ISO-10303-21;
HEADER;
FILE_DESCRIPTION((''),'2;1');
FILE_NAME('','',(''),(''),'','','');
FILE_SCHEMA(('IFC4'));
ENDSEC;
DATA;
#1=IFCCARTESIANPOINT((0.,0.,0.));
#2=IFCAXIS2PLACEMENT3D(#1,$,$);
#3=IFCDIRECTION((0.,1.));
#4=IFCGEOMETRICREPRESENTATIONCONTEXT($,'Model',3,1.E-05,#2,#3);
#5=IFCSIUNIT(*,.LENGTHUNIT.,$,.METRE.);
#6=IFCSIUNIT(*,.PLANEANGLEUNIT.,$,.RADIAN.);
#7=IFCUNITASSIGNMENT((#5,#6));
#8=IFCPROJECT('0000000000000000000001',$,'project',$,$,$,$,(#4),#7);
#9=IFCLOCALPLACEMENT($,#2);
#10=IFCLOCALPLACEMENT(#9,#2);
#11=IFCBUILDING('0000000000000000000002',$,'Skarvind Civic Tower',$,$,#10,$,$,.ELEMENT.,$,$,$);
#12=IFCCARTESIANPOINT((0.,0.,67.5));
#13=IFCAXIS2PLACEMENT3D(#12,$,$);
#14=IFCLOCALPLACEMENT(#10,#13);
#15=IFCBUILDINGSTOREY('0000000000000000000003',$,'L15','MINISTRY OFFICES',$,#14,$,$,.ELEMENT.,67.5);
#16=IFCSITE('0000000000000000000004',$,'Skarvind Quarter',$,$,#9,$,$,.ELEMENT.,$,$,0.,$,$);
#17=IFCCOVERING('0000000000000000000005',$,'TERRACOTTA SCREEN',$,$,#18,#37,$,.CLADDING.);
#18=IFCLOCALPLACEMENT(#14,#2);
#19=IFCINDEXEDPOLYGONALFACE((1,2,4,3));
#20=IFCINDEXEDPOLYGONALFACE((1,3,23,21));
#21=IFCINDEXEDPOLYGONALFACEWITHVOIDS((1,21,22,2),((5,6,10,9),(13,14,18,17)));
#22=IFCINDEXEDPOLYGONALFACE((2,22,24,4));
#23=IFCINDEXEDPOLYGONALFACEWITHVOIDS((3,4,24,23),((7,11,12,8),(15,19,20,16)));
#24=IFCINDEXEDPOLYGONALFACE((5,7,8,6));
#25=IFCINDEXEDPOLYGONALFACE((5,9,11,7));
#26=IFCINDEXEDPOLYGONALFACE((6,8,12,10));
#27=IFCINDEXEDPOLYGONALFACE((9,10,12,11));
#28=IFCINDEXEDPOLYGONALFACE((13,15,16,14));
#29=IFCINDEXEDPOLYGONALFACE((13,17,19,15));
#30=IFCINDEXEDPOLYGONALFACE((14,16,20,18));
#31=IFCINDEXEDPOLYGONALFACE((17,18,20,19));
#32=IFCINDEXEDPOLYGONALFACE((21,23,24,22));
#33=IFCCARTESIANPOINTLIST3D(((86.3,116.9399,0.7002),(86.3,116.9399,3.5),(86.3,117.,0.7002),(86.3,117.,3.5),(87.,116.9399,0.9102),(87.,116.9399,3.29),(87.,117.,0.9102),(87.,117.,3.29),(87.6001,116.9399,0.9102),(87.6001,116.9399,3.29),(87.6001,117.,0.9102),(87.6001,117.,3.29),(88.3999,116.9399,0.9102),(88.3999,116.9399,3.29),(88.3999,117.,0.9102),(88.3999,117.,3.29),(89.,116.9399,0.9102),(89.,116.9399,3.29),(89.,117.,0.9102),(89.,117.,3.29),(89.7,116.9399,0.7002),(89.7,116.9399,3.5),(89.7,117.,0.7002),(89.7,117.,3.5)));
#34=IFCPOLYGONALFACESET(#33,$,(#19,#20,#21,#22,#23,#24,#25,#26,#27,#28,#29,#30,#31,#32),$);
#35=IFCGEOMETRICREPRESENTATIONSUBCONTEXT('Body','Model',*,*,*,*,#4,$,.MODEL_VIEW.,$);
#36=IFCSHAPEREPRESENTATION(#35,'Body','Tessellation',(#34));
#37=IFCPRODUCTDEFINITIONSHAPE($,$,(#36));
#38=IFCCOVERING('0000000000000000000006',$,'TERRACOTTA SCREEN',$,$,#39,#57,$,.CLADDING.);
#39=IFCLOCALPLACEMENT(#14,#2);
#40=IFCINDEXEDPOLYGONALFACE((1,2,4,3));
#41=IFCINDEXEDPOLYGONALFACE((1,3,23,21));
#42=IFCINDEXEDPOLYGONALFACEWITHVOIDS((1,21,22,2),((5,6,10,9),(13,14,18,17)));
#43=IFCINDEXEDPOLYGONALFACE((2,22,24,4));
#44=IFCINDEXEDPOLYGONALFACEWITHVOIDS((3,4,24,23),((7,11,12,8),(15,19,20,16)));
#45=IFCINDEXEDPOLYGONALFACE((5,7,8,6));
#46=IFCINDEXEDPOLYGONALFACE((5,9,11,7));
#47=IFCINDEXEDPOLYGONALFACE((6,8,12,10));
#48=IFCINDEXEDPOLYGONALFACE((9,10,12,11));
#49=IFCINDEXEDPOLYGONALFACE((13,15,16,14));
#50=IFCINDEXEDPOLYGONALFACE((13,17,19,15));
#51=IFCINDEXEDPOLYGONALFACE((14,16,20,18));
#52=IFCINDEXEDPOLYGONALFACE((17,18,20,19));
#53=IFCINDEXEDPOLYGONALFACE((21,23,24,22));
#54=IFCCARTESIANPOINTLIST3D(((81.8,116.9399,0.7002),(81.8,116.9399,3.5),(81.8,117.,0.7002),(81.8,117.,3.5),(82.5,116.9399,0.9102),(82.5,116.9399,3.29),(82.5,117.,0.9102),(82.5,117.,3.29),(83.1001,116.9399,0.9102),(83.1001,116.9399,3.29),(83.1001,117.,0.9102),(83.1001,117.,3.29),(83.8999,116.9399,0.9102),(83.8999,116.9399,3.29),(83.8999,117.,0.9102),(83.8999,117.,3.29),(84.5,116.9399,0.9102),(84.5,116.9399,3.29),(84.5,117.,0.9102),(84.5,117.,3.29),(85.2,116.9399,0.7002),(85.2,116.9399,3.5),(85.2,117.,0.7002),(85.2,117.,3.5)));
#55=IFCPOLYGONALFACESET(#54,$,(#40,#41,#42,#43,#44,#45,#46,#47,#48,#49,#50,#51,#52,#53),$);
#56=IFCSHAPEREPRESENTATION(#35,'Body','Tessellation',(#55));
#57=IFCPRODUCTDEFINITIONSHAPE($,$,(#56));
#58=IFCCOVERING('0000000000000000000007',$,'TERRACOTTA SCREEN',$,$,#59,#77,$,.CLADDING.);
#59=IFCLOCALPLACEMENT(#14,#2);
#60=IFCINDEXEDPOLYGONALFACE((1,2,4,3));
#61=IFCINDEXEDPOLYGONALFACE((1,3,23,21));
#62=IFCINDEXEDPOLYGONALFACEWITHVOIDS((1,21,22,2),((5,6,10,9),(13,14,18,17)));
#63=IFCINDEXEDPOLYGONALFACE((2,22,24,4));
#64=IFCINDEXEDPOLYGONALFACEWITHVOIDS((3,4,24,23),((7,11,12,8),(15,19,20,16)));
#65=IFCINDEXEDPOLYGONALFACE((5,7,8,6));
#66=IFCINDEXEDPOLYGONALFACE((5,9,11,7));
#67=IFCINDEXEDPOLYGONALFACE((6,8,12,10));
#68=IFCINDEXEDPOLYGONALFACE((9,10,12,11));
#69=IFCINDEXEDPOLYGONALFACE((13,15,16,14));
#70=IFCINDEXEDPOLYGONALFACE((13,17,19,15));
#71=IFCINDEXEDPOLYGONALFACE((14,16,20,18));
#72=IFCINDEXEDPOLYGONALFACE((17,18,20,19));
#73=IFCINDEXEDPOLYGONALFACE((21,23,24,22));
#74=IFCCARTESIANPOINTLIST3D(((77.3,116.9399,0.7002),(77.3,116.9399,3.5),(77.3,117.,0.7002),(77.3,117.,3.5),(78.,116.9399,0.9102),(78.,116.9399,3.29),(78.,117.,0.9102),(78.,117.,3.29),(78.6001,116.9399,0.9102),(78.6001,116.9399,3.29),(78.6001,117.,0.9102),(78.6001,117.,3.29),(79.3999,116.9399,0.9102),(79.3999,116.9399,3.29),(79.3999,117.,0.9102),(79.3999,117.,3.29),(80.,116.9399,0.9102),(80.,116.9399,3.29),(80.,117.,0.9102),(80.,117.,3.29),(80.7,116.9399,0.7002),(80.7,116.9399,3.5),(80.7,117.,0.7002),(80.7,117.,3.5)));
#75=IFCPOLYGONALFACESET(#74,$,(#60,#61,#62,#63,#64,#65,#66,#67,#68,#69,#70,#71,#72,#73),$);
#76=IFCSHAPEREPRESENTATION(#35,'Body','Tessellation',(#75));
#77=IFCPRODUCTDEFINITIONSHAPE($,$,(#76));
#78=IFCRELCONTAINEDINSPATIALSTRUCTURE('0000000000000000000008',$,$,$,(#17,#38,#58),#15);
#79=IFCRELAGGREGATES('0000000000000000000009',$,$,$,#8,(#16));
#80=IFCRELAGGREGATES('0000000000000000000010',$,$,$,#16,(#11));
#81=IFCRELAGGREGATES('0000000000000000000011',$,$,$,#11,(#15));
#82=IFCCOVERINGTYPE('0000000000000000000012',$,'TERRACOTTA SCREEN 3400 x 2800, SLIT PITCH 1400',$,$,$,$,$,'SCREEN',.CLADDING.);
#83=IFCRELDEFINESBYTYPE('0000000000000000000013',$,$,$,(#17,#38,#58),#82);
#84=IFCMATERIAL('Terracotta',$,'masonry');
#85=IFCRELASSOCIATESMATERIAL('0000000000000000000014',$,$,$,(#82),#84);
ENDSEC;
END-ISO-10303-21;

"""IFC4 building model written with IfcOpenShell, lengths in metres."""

from ifc_helpers import new_model, si_unit, direction, frame, origin, place, context, subcontext, project, spatial, polyline, outline, extrude, material, material_profile, profile_set, type_object, element, save


model = new_model("IFC4")

# Units and contexts
model_context = context("Model", 3, precision=1e-05, world=origin(), true_north=direction((0.0, 1.0)))
body_context = subcontext(model_context, "Body", "Model", "MODEL_VIEW")
ifc_project = project(units=[si_unit("LENGTHUNIT", "METRE"), si_unit("PLANEANGLEUNIT", "RADIAN")], contexts=[model_context])

# Site, building, storey
site_placement = place(None, origin())
site = spatial("IfcSite", under=ifc_project, at=site_placement, Name="Skarvind Quarter", CompositionType="ELEMENT", RefElevation=0.0)
building_placement = place(site_placement, origin())
building = spatial("IfcBuilding", under=site, at=building_placement, Name="Skarvind Civic Tower", CompositionType="ELEMENT")
storey_placement = place(building_placement, frame((0.0, 0.0, 67.5)))
storey = spatial("IfcBuildingStorey", under=building, at=storey_placement, Name="L15", Description="MINISTRY OFFICES", CompositionType="ELEMENT", Elevation=67.5)

# Coverings
ifc_material_1 = material(Name="Terracotta", Category="masonry")
ifc_material_profile_1 = material_profile(ifc_material_1, outline(polyline([(-1.7, -1.3999), (1.7, -1.3999), (1.7, 1.3999), (-1.7, 1.3999), (-1.7, -1.3999)]), holes=[polyline([(-1.0, -1.1899), (-0.3999, -1.1899), (-0.3999, 1.1899), (-1.0, 1.1899), (-1.0, -1.1899)]), polyline([(0.3999, -1.1899), (1.0, -1.1899), (1.0, 1.1899), (0.3999, 1.1899), (0.3999, -1.1899)])]), Name="TERRACOTTA SCREEN 3400 x 2800, SLIT PITCH 1400")
ifc_profile_set_1 = profile_set([ifc_material_profile_1], Name="Terracotta")
covering_type = type_object("IfcCoveringType", Name="TERRACOTTA SCREEN 3400 x 2800, SLIT PITCH 1400", ElementType="SCREEN", PredefinedType="CLADDING", material=ifc_profile_set_1)
for number, where, z_axis, x_axis, name in (
    (1, (88.0, 117.0, 2.1001), (0.0, -1.0, 0.0), (1.0, 0.0, 0.0), "TERRACOTTA SCREEN"),
    (2, (83.5, 117.0, 2.1001), (0.0, -1.0, 0.0), (1.0, 0.0, 0.0), "TERRACOTTA SCREEN"),
    (3, (79.0, 117.0, 2.1001), (0.0, -1.0, 0.0), (1.0, 0.0, 0.0), "TERRACOTTA SCREEN"),
):
    element("IfcCovering", number, at=place(storey_placement, frame(where, z_axis=z_axis, x_axis=x_axis)), inside=storey, type_object=covering_type, Name=name, PredefinedType="CLADDING", context=body_context, shape_type="SweptSolid", body=[
        extrude(outline(polyline([(-1.7, -1.3999), (1.7, -1.3999), (1.7, 1.3999), (-1.7, 1.3999), (-1.7, -1.3999)]), holes=[polyline([(-1.0, -1.1899), (-0.3999, -1.1899), (-0.3999, 1.1899), (-1.0, 1.1899), (-1.0, -1.1899)]), polyline([(0.3999, -1.1899), (1.0, -1.1899), (1.0, 1.1899), (0.3999, 1.1899), (0.3999, -1.1899)])]), origin(), (0.0, 0.0, 1.0), 0.0601),
    ])

save(model, "model.ifc")
